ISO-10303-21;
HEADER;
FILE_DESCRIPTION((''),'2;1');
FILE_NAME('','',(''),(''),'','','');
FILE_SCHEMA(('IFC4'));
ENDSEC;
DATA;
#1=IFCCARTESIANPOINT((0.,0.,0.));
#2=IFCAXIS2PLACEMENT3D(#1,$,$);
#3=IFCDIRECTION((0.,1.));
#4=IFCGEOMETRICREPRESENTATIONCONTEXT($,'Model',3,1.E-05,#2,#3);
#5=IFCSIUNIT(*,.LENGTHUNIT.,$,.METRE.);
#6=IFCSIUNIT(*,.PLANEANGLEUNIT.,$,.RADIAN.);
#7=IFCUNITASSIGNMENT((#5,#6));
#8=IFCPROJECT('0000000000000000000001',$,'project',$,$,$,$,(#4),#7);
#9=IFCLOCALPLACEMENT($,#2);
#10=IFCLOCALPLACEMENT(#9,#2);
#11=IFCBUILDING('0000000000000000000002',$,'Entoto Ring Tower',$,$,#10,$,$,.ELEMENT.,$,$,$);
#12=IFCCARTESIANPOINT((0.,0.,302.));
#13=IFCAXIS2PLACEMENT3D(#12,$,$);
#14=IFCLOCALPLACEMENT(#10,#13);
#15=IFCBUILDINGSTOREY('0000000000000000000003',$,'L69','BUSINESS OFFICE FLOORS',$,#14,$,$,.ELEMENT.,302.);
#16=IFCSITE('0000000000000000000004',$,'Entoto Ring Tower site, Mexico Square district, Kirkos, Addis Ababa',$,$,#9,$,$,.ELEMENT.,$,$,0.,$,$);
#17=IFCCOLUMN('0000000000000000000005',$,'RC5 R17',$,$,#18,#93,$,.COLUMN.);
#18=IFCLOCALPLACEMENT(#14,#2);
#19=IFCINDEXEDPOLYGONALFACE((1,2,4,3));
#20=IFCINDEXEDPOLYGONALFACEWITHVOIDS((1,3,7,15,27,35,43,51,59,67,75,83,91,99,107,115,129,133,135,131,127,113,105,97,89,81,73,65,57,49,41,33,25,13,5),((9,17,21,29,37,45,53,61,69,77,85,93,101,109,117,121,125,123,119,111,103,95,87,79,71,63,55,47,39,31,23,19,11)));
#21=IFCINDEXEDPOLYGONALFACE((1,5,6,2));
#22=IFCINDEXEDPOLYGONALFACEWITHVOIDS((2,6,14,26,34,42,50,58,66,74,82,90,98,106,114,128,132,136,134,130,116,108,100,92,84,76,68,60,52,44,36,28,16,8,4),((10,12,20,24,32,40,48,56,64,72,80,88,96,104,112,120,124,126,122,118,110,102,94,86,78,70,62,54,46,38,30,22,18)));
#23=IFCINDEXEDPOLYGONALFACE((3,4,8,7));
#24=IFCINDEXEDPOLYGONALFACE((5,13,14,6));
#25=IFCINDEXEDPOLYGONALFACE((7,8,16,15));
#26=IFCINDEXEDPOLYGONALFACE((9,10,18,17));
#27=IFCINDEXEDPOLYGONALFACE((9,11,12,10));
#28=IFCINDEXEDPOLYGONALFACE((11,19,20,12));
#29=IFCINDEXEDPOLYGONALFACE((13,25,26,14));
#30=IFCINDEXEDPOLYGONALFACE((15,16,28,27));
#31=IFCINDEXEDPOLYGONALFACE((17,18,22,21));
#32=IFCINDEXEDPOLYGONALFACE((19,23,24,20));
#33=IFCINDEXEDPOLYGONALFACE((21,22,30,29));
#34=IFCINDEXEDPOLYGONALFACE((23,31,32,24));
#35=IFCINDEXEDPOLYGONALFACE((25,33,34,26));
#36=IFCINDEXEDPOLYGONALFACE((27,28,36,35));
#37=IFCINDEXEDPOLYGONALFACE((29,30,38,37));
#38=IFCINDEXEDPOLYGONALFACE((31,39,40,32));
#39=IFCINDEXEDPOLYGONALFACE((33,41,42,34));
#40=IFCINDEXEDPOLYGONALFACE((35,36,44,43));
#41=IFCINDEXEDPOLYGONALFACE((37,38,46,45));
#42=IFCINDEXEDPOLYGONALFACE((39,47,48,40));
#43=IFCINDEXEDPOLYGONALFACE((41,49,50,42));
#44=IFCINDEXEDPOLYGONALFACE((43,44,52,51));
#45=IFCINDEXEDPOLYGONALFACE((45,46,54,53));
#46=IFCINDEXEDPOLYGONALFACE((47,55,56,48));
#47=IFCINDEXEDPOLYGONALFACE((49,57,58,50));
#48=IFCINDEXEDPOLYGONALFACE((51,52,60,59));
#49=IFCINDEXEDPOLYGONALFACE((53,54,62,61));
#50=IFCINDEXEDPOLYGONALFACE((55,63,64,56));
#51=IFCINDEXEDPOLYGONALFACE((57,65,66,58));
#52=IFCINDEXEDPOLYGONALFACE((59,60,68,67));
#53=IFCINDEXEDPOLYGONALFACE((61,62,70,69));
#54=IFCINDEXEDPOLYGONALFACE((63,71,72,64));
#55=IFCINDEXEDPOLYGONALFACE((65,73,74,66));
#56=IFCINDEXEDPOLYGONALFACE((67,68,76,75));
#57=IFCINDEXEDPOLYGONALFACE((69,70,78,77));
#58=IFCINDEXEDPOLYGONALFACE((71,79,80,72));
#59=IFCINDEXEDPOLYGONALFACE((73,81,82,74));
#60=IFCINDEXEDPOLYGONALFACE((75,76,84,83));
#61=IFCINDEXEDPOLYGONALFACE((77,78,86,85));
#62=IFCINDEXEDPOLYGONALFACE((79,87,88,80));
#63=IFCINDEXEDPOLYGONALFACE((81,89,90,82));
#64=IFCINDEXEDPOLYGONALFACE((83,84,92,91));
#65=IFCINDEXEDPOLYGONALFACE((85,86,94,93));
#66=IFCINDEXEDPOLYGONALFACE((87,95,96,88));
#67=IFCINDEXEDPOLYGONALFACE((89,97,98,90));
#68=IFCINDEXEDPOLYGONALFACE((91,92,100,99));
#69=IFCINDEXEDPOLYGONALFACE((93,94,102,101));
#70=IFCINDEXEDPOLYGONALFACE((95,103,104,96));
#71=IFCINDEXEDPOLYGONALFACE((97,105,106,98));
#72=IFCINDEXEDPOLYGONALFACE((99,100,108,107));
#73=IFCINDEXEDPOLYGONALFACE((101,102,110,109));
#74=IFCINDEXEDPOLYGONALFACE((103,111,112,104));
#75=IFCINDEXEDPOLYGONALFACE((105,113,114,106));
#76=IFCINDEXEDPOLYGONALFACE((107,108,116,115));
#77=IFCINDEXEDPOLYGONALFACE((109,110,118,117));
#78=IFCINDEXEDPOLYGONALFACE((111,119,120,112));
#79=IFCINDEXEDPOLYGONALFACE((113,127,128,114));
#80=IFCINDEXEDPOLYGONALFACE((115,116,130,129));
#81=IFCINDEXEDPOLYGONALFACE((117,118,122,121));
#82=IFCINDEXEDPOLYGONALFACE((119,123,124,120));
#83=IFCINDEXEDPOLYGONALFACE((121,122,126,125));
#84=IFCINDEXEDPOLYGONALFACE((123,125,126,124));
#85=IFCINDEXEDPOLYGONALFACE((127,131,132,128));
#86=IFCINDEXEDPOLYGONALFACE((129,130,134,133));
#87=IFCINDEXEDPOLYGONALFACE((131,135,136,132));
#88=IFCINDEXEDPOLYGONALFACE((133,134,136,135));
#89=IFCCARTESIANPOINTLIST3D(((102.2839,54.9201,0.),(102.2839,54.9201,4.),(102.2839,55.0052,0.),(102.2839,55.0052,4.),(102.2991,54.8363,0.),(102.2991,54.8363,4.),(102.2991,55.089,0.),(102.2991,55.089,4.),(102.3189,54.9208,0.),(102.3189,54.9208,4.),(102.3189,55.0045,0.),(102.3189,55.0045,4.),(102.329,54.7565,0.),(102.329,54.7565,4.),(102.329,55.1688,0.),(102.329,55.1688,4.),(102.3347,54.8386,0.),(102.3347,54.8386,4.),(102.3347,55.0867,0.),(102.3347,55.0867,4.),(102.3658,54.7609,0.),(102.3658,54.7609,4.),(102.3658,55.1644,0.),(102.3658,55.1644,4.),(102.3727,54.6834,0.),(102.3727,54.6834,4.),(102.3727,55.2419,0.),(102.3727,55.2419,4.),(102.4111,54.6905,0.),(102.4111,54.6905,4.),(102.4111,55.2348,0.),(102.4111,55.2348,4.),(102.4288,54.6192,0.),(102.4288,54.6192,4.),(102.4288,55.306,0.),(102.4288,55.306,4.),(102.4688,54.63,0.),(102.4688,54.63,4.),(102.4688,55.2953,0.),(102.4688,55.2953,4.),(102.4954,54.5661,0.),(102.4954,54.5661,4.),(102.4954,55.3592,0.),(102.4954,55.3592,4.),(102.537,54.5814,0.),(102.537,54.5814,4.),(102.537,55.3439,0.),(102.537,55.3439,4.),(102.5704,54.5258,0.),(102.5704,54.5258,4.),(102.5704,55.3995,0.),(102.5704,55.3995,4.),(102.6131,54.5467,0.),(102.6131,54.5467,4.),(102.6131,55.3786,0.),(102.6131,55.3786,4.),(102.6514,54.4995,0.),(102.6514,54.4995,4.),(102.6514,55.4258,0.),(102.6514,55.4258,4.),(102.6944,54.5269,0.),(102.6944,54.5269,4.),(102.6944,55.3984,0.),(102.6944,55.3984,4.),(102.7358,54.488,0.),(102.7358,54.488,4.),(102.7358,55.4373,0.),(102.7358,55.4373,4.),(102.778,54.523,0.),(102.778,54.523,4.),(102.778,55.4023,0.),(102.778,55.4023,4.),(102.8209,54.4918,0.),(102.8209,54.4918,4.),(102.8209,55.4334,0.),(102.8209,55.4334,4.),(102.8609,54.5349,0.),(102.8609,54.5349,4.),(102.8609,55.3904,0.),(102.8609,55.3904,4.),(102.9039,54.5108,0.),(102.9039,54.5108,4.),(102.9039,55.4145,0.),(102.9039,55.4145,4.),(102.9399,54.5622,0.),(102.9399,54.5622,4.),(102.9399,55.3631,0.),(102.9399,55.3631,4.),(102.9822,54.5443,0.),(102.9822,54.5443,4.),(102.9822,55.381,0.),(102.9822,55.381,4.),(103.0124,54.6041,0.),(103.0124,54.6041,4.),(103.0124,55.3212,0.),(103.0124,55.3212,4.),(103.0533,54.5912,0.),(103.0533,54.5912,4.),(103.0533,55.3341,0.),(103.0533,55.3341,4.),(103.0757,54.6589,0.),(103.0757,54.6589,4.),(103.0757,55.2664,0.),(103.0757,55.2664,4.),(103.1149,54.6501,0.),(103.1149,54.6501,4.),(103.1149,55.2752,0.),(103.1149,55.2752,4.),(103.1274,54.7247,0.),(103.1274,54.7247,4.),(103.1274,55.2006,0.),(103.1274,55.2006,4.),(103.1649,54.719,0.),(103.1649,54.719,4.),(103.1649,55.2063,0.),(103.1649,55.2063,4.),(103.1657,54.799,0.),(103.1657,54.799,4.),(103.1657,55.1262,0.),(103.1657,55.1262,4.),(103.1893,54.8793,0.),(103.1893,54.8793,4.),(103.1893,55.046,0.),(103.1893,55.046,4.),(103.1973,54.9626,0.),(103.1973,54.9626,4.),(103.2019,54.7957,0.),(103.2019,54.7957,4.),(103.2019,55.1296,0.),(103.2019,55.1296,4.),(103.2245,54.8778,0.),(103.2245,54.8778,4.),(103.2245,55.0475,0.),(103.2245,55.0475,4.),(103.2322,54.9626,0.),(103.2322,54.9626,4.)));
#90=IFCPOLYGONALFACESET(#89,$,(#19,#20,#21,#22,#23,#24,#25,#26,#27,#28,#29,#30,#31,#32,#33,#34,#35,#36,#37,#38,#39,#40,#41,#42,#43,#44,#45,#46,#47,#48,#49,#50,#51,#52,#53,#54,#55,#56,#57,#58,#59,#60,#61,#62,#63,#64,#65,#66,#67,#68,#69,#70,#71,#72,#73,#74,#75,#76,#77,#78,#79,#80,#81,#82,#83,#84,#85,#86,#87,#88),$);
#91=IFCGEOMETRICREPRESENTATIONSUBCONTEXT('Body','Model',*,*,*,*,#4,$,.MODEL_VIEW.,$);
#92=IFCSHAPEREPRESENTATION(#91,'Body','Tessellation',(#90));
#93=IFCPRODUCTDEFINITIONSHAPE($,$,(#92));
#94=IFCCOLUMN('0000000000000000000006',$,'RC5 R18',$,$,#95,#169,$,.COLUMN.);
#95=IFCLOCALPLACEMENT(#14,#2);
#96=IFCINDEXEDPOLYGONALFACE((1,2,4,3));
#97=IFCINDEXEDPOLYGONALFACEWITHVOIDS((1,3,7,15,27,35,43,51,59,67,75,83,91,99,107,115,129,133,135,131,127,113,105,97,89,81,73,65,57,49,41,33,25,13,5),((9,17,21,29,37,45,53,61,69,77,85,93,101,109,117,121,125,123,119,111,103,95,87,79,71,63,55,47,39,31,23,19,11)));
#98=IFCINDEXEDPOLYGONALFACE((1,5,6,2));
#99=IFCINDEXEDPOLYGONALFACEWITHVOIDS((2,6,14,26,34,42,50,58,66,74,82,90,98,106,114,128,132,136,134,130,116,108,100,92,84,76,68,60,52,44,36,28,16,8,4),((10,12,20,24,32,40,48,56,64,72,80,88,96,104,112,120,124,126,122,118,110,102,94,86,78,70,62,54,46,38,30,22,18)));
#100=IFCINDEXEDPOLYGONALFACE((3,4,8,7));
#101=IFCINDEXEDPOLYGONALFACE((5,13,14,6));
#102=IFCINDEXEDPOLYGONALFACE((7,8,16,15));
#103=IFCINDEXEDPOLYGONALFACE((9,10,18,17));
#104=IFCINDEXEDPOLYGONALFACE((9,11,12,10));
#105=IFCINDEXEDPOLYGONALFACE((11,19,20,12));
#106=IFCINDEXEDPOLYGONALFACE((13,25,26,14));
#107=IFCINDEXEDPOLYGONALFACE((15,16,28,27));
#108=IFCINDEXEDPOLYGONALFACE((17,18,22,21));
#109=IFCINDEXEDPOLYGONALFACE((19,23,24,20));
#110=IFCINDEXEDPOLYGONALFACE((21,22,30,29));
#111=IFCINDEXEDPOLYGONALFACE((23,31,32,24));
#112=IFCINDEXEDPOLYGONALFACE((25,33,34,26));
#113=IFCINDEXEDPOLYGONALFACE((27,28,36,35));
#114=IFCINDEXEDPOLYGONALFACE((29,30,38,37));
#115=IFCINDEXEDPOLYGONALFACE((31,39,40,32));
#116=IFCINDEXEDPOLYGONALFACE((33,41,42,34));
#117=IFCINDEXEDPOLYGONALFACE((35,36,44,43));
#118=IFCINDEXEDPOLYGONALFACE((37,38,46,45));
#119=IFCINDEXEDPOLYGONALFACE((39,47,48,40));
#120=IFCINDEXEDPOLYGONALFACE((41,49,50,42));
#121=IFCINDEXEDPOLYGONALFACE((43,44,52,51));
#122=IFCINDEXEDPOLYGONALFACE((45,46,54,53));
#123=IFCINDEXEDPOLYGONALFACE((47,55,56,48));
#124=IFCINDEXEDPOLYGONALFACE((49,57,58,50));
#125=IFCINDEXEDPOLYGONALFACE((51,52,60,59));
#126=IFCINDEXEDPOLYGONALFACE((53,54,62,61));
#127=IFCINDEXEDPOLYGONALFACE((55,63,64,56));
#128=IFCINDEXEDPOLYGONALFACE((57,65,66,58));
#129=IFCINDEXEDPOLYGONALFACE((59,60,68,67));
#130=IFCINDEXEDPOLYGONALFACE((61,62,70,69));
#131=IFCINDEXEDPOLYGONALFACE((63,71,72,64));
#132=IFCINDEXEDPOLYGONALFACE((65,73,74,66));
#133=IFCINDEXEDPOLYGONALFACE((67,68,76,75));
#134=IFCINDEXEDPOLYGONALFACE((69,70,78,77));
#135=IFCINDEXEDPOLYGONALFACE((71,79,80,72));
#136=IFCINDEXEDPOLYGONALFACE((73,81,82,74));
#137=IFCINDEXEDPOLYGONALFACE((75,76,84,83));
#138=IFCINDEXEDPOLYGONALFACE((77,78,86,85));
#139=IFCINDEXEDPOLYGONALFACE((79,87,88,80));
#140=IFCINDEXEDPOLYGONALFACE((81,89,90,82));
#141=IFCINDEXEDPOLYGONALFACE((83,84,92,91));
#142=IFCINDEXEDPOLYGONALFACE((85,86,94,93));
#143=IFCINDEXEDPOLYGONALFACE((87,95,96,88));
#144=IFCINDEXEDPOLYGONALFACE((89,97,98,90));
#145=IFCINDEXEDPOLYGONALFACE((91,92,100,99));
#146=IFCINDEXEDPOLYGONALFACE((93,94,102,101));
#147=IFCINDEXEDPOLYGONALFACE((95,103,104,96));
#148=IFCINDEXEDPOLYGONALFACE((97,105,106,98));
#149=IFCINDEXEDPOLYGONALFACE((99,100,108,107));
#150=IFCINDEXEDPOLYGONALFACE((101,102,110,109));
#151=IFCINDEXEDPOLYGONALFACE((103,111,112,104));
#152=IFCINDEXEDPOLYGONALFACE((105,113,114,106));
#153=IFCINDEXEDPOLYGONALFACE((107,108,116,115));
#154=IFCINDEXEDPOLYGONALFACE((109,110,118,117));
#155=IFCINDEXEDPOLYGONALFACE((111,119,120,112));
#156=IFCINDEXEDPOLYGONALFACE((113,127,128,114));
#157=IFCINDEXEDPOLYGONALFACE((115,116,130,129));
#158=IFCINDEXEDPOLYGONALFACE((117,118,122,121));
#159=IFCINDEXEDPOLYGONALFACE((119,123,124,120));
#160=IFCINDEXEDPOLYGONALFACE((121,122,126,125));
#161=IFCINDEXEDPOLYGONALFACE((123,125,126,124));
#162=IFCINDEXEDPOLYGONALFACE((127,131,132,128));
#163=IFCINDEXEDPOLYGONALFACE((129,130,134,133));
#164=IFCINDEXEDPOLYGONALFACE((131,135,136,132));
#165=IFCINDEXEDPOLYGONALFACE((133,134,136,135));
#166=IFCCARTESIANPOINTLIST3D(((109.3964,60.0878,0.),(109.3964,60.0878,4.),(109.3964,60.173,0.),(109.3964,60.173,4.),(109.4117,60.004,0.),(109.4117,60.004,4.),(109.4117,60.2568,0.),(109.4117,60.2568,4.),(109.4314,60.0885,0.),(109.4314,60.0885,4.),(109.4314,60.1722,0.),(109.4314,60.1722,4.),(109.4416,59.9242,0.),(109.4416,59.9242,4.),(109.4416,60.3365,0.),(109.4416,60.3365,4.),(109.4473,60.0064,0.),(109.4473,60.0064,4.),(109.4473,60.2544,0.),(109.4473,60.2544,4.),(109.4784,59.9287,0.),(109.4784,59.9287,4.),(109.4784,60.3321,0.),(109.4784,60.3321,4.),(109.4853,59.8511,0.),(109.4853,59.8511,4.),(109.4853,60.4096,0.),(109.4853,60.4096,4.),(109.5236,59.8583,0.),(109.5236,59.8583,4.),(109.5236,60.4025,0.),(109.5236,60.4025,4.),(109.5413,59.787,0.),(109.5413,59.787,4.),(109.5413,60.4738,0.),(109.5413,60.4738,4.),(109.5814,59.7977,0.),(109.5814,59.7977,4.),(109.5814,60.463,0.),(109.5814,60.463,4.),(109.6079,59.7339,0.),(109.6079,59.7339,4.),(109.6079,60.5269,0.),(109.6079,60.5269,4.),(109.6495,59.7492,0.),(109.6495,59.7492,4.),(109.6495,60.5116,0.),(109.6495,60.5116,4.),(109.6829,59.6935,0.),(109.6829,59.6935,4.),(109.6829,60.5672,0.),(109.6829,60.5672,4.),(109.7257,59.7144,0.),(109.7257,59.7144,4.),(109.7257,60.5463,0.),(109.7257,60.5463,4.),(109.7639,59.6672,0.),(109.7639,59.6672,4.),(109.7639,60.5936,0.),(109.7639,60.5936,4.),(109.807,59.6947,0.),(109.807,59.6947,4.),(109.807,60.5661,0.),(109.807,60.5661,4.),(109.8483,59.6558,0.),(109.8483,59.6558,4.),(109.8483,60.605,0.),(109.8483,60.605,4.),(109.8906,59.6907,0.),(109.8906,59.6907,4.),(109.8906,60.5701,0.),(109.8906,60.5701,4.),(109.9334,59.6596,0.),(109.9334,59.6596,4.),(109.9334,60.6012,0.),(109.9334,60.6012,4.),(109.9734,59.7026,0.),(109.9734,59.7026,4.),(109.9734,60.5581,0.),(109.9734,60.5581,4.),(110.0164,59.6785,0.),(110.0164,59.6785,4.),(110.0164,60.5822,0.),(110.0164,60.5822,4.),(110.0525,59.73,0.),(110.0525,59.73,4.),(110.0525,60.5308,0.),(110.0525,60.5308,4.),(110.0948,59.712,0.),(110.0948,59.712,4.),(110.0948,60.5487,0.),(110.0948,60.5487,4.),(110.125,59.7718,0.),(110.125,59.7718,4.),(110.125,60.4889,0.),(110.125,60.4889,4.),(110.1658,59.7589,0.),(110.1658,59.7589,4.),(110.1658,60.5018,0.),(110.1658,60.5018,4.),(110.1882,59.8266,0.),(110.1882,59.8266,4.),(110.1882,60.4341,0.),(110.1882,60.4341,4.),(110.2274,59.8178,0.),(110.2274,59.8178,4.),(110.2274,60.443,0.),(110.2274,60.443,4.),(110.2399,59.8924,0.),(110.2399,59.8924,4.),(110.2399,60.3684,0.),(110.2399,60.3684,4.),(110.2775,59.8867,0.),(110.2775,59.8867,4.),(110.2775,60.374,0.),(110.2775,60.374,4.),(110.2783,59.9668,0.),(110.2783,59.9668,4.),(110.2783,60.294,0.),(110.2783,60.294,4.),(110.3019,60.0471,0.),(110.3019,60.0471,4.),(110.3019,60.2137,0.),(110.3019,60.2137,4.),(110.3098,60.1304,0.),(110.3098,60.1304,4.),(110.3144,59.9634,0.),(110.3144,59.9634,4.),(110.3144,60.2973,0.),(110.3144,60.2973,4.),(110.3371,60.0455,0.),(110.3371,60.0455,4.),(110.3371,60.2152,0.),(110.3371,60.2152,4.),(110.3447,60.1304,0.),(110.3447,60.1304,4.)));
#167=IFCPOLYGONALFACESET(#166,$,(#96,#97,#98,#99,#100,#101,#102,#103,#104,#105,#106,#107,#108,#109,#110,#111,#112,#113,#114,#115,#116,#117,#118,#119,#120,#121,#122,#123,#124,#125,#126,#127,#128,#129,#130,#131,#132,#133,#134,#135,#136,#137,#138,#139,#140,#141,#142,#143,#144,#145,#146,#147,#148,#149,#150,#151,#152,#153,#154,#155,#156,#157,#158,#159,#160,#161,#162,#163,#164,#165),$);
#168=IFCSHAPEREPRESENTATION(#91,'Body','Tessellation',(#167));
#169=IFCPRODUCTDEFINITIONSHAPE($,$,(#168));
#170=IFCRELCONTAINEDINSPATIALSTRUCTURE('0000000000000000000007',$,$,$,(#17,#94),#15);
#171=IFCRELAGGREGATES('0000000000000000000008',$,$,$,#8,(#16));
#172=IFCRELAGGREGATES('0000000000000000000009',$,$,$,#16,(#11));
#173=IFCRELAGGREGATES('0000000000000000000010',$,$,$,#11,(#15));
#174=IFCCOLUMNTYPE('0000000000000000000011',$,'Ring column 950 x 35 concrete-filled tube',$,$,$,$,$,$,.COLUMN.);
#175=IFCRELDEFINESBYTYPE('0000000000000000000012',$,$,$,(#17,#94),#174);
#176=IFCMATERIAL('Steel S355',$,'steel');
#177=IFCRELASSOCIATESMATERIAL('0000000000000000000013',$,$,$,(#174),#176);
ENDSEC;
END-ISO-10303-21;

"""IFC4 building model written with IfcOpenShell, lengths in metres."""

from ifc_helpers import new_model, si_unit, direction, frame, origin, origin_2d, place, context, subcontext, project, spatial, circle, hollow_circle, extrude, material, material_profile, profile_set, type_object, element, save


model = new_model("IFC4")

# Units and contexts
model_context = context("Model", 3, precision=1e-05, world=origin(), true_north=direction((0.0, 1.0)))
body_context = subcontext(model_context, "Body", "Model", "MODEL_VIEW")
ifc_project = project(units=[si_unit("LENGTHUNIT", "METRE"), si_unit("PLANEANGLEUNIT", "RADIAN")], contexts=[model_context])

# Site, building, storey
site_placement = place(None, origin())
site = spatial("IfcSite", under=ifc_project, at=site_placement, Name="Entoto Ring Tower site, Mexico Square district, Kirkos, Addis Ababa", CompositionType="ELEMENT", RefElevation=0.0)
building_placement = place(site_placement, origin())
building = spatial("IfcBuilding", under=site, at=building_placement, Name="Entoto Ring Tower", CompositionType="ELEMENT")
storey_placement = place(building_placement, frame((0.0, 0.0, 302.0)))
storey = spatial("IfcBuildingStorey", under=building, at=storey_placement, Name="L69", Description="BUSINESS OFFICE FLOORS", CompositionType="ELEMENT", Elevation=302.0)

# Columns
ifc_material_1 = material(Name="Steel S355", Category="steel")
ifc_material_profile_1 = material_profile(ifc_material_1, hollow_circle(Radius=0.4751, WallThickness=0.0349, at=origin_2d()), Name="CHS 950 x 35")
ifc_material_2 = material(Name="Concrete C60/75", Category="concrete")
ifc_material_profile_2 = material_profile(ifc_material_2, circle(Radius=0.4399, at=origin_2d()), Name="Concrete C60/75 infill")
ifc_profile_set_1 = profile_set([ifc_material_profile_1, ifc_material_profile_2], Name="Steel S355")
column_type = type_object("IfcColumnType", Name="Ring column 950 x 35 concrete-filled tube", PredefinedType="COLUMN", material=ifc_profile_set_1)
for number, where, z_axis, x_axis, name in (
    (1, (102.7571, 54.9626, 0.0), (0.0, 0.0, 1.0), (1.0, 0.0, 0.0), "RC5 R17"),
    (2, (109.8696, 60.1304, 0.0), (0.0, 0.0, 1.0), (1.0, 0.0, 0.0), "RC5 R18"),
):
    element("IfcColumn", number, at=place(storey_placement, frame(where, z_axis=z_axis, x_axis=x_axis)), inside=storey, type_object=column_type, Name=name, PredefinedType="COLUMN", context=body_context, shape_type="SweptSolid", body=[
        extrude(hollow_circle(Radius=0.4751, WallThickness=0.0349, at=origin_2d()), origin(), (0.0, 0.0, 1.0), 4.0),
    ])

save(model, "model.ifc")
